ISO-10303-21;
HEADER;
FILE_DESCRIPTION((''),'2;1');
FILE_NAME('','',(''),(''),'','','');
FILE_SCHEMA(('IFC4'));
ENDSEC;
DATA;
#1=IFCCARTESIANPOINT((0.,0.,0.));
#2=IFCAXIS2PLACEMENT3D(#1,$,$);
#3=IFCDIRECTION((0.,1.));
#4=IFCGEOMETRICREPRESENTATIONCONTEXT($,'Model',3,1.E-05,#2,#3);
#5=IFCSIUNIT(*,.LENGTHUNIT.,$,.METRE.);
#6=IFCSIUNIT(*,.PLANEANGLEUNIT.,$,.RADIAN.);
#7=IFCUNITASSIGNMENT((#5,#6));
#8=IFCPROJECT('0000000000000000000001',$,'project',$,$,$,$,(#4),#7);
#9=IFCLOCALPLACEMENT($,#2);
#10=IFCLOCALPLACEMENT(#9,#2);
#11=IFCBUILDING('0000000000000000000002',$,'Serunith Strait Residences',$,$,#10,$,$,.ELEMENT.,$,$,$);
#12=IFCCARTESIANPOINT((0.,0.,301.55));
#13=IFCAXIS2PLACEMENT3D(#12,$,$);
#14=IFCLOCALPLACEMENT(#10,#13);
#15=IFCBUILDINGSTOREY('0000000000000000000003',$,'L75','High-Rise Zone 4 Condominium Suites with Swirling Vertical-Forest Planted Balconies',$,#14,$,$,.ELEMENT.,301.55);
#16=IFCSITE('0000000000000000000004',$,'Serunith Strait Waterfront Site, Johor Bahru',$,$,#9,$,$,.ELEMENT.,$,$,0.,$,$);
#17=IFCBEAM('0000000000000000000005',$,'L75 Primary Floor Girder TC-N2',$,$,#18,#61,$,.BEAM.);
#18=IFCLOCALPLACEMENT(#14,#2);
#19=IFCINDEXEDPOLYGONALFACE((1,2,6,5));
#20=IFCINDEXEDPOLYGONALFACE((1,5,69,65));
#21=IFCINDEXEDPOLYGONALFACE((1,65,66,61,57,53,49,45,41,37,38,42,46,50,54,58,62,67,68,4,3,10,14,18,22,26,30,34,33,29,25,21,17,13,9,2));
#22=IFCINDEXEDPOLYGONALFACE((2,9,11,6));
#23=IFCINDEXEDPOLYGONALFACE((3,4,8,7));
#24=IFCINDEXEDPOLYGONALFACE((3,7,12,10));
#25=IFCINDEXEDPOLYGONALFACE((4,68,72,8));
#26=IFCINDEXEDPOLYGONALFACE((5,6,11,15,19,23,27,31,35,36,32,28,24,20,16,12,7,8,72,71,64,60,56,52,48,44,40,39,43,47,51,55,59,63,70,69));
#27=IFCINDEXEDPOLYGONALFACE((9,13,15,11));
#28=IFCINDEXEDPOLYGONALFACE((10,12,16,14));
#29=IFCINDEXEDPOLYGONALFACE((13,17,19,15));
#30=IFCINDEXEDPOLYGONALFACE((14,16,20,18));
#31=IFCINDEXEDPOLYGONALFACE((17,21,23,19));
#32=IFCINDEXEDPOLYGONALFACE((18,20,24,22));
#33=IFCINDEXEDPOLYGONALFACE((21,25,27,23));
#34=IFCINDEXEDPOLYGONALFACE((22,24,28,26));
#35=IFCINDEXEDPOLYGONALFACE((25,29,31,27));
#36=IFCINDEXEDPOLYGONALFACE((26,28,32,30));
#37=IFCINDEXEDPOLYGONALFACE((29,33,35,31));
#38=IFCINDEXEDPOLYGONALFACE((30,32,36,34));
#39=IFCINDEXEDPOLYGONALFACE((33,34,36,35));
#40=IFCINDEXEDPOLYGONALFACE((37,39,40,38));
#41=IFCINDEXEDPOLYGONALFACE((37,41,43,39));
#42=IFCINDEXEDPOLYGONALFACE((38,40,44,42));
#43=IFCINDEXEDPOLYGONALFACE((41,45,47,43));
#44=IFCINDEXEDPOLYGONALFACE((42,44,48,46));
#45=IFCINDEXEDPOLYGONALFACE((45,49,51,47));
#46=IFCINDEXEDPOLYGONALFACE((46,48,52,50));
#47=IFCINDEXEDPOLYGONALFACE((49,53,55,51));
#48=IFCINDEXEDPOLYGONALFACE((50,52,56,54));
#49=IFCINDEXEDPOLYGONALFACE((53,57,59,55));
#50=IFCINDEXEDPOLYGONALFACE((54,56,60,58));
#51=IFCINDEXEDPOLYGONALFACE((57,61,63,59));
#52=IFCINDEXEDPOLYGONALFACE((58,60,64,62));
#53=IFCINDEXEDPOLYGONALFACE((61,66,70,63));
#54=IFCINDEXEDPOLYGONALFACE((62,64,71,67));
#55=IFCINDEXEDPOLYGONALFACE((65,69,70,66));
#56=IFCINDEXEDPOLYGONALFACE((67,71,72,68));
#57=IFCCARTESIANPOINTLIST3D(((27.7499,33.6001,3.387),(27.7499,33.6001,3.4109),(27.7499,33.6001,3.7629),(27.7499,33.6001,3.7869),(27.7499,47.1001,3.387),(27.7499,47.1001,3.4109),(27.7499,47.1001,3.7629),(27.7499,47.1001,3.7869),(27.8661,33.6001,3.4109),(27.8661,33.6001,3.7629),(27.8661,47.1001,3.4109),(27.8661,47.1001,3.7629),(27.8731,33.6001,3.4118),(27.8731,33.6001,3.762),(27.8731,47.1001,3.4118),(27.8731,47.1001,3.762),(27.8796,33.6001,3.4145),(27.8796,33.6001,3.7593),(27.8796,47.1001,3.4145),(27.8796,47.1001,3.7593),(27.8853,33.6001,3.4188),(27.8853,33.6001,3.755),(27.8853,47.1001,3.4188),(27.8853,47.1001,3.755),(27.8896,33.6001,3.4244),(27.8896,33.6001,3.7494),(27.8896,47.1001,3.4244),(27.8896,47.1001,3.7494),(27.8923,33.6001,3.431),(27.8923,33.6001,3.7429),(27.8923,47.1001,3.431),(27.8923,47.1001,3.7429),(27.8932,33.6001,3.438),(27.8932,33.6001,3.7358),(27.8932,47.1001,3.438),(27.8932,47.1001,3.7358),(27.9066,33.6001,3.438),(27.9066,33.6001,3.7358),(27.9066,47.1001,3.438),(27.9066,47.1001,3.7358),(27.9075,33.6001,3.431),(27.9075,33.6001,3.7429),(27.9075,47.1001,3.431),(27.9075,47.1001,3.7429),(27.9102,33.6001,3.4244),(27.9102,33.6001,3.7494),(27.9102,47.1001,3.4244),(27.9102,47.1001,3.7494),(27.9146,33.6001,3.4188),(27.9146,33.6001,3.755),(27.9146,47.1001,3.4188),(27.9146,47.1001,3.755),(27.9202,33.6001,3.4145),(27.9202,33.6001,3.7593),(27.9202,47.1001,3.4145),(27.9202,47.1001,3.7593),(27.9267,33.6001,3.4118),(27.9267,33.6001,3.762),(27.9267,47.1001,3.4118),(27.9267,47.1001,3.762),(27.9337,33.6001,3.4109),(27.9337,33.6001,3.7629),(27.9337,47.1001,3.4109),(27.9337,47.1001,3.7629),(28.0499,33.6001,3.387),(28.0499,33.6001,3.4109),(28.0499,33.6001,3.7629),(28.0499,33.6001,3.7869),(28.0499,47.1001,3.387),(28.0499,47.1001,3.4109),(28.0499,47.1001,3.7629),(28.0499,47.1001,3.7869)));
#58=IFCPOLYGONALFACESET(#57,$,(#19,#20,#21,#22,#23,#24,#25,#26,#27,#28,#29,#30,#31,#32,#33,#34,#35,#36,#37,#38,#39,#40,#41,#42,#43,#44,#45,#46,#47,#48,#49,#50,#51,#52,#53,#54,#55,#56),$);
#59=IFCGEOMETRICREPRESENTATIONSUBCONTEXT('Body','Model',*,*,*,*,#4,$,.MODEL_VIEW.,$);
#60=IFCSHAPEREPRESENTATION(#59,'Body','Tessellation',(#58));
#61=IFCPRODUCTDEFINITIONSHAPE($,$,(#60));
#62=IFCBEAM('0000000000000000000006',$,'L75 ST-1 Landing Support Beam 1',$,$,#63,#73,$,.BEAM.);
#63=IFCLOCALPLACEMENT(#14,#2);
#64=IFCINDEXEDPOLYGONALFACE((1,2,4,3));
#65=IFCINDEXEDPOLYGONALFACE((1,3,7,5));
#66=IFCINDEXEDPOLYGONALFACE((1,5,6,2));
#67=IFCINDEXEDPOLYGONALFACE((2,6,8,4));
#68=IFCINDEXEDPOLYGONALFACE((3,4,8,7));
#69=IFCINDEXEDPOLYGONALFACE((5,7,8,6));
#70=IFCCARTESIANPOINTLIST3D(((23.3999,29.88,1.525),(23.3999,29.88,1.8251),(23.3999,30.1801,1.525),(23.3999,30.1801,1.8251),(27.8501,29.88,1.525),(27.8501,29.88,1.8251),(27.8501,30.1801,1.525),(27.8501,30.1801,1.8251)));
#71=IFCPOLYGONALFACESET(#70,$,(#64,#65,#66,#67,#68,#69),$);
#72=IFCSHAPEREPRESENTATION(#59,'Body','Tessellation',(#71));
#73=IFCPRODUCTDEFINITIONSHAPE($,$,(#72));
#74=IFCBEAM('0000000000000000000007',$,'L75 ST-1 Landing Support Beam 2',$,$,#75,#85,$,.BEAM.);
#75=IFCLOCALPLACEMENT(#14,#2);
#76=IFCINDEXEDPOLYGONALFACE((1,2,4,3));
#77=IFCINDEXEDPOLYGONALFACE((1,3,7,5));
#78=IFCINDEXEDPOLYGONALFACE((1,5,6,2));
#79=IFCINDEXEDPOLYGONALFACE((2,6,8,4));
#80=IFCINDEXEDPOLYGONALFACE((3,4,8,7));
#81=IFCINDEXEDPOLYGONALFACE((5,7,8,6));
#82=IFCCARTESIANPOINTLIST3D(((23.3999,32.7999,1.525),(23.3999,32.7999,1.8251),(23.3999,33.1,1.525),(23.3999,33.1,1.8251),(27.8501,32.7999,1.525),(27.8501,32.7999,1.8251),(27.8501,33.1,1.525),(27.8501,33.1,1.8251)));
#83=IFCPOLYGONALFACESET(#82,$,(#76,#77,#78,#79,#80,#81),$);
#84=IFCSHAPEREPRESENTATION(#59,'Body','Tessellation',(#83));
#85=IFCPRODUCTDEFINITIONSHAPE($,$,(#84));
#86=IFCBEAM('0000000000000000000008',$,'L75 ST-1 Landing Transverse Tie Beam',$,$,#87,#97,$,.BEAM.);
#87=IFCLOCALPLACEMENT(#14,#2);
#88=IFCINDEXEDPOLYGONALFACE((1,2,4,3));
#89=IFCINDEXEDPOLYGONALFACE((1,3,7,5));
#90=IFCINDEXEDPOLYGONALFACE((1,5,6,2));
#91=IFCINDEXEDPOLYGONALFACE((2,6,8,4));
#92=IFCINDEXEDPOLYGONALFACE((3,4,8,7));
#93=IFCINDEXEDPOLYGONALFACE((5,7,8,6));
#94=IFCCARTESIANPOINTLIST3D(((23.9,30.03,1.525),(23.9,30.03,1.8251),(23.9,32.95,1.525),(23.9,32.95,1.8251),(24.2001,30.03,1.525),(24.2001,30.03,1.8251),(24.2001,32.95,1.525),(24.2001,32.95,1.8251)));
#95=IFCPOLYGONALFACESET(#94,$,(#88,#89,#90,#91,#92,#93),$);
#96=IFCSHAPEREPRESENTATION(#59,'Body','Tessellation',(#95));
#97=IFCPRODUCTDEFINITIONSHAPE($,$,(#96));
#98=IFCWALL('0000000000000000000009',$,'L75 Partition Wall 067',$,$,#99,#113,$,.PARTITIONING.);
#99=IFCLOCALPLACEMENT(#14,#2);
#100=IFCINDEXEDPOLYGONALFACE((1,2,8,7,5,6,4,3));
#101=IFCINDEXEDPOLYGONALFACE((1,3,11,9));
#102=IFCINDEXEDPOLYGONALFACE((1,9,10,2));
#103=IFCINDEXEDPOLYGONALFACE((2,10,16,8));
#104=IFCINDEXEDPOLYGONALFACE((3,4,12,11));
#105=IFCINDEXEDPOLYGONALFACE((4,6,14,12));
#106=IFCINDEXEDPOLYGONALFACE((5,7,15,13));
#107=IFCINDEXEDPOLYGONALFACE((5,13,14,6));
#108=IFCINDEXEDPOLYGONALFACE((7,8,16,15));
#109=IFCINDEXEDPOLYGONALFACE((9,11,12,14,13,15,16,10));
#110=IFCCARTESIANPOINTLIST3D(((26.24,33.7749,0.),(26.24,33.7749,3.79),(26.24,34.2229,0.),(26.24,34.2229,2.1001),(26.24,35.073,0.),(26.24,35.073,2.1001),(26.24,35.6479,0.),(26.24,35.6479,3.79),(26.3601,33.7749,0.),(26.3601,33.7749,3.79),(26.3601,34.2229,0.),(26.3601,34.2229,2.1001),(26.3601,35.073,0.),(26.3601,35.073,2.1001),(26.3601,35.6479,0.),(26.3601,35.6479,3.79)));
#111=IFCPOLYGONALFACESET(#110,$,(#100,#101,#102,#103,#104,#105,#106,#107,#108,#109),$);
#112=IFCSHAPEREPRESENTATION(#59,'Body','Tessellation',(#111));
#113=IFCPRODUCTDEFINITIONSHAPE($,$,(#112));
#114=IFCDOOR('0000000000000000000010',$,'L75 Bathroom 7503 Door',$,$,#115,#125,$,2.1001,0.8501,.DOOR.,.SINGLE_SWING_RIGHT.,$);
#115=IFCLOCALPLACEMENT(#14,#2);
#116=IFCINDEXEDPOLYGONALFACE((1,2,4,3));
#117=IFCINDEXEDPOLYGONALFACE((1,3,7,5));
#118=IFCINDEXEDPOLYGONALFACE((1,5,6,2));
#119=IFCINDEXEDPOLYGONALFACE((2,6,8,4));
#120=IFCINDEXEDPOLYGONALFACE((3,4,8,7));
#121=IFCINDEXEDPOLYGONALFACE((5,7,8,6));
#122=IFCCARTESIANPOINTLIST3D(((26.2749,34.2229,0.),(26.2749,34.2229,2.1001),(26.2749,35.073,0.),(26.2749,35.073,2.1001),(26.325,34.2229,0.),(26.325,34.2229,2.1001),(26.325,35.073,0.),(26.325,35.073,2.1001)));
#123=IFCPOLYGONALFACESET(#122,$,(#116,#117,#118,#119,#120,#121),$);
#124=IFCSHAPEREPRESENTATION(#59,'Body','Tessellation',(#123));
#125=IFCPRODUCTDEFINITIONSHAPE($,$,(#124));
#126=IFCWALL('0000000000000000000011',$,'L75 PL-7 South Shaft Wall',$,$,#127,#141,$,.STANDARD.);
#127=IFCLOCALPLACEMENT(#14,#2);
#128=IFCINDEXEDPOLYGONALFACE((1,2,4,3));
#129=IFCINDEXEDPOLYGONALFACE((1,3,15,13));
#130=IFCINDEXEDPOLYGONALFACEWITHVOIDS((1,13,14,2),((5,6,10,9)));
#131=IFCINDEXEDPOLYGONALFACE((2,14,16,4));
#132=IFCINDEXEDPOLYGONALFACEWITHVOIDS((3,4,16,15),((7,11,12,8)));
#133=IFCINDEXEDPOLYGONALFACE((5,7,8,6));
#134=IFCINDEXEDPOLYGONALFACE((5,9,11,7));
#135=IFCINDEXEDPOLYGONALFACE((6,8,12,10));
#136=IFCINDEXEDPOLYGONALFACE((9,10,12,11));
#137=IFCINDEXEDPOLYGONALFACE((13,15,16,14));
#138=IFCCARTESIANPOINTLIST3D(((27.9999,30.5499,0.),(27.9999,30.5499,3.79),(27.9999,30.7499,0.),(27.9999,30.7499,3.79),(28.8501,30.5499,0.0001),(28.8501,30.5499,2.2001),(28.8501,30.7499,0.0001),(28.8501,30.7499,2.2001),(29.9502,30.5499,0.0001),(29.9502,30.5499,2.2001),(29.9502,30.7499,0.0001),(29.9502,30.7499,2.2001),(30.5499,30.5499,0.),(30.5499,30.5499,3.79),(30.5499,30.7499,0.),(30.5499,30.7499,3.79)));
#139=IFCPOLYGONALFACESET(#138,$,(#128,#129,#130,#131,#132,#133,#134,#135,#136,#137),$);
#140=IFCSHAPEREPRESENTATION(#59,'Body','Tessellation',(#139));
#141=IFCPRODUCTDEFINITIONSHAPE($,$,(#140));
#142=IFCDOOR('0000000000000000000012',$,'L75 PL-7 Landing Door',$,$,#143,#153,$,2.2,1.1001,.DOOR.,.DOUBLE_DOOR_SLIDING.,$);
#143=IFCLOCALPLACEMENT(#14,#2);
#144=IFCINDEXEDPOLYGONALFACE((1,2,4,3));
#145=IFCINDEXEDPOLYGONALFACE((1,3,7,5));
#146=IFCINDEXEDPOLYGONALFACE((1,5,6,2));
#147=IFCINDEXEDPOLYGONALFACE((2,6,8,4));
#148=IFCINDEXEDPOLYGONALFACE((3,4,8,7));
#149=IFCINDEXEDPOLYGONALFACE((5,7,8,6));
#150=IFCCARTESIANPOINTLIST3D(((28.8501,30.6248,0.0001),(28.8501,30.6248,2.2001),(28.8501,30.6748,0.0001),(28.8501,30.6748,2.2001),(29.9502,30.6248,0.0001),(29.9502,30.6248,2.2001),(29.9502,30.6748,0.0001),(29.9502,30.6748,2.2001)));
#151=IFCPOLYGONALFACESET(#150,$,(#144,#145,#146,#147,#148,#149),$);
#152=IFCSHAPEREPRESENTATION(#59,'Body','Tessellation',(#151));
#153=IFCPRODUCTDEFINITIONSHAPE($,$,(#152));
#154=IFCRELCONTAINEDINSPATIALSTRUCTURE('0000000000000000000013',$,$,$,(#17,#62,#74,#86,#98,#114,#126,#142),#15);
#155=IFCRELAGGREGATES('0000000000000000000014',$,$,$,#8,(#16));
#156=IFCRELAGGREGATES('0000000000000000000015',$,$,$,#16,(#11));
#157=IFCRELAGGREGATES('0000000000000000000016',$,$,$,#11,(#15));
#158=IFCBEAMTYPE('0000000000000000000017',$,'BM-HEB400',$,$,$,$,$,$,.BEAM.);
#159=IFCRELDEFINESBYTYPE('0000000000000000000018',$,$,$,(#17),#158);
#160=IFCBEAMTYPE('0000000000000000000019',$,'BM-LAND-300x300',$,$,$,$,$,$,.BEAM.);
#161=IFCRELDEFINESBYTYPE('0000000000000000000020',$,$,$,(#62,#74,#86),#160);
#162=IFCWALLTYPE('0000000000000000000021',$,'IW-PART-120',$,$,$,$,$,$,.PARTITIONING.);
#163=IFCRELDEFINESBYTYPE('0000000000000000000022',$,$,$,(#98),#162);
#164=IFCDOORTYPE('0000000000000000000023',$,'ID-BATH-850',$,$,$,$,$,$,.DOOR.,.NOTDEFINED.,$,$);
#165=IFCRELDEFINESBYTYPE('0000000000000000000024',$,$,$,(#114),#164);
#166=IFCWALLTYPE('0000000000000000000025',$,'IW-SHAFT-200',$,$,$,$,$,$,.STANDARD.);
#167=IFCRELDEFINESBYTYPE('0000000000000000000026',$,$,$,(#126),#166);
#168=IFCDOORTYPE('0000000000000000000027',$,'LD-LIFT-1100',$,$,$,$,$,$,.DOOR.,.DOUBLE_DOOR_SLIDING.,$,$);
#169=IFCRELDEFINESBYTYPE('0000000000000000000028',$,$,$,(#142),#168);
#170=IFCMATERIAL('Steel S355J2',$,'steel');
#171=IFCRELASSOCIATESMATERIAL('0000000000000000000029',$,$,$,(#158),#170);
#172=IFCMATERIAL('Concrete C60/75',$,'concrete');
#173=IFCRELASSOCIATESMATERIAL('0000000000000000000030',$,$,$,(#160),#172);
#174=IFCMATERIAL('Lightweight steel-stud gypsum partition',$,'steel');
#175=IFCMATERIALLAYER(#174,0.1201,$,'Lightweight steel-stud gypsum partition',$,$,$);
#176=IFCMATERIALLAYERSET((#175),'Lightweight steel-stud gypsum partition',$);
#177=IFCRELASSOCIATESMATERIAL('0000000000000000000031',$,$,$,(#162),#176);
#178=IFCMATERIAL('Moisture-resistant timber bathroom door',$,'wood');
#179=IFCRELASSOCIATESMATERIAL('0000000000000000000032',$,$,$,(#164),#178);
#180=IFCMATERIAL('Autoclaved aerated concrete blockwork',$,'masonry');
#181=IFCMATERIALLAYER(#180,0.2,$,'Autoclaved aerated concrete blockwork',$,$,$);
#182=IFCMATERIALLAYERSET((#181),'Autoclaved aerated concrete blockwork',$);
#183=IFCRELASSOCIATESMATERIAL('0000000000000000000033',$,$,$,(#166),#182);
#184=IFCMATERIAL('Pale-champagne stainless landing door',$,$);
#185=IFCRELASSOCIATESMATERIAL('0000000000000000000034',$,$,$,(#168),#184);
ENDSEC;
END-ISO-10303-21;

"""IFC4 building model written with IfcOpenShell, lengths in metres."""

from ifc_helpers import new_model, si_unit, direction, frame, frame_2d, origin, origin_2d, place, context, subcontext, project, spatial, rectangle, i_section, extrude, source, transform, mapped, material, layer, layer_set, material_profile, profile_set, type_object, element, fill, save


model = new_model("IFC4")

# Units and contexts
model_context = context("Model", 3, precision=1e-05, world=origin(), true_north=direction((0.0, 1.0)))
body_context = subcontext(model_context, "Body", "Model", "MODEL_VIEW")
ifc_project = project(units=[si_unit("LENGTHUNIT", "METRE"), si_unit("PLANEANGLEUNIT", "RADIAN")], contexts=[model_context])

# Site, building, storey
site_placement = place(None, origin())
site = spatial("IfcSite", under=ifc_project, at=site_placement, Name="Serunith Strait Waterfront Site, Johor Bahru", CompositionType="ELEMENT", RefElevation=0.0)
building_placement = place(site_placement, origin())
building = spatial("IfcBuilding", under=site, at=building_placement, Name="Serunith Strait Residences", CompositionType="ELEMENT")
storey_placement = place(building_placement, frame((0.0, 0.0, 301.55)))
storey = spatial("IfcBuildingStorey", under=building, at=storey_placement, Name="L75", Description="High-Rise Zone 4 Condominium Suites with Swirling Vertical-Forest Planted Balconies", CompositionType="ELEMENT", Elevation=301.55)

# Beams
ifc_material_1 = material(Name="Steel S355J2", Category="steel")
ifc_material_profile_1 = material_profile(ifc_material_1, i_section(OverallWidth=0.3, OverallDepth=0.3999, WebThickness=0.0134, FlangeThickness=0.0239, FilletRadius=0.0271, at=origin_2d()), Name="HEB 400")
ifc_profile_set_1 = profile_set([ifc_material_profile_1], Name="Steel S355J2")
beam_type_1 = type_object("IfcBeamType", Name="BM-HEB400", PredefinedType="BEAM", material=ifc_profile_set_1)
shared_shape_1 = source(origin(), body_context, "Body", "SweptSolid", [
    extrude(i_section(OverallWidth=0.3, OverallDepth=0.3999, WebThickness=0.0134, FlangeThickness=0.0239, FilletRadius=0.0271, at=origin_2d()), origin(), (0.0, 0.0, 1.0), 13.5),
])
beam_1_placement = place(storey_placement, frame((27.8999, 33.6001, 3.5869), z_axis=(0.0, 1.0, 0.0), x_axis=(-1.0, 0.0, 0.0)))
element("IfcBeam", 1, at=beam_1_placement, inside=storey, type_object=beam_type_1, Name="L75 Primary Floor Girder TC-N2", PredefinedType="BEAM", context=body_context, shape_type="MappedRepresentation", body=[
    mapped(shared_shape_1, transform((0.0, 0.0, 0.0), scale=1.0)),
])
ifc_material_2 = material(Name="Concrete C60/75", Category="concrete")
ifc_material_profile_2 = material_profile(ifc_material_2, rectangle(XDim=0.3, YDim=0.3, at=origin_2d()), Name="RC 300x300")
ifc_profile_set_2 = profile_set([ifc_material_profile_2], Name="Concrete C60/75")
beam_type_2 = type_object("IfcBeamType", Name="BM-LAND-300x300", PredefinedType="BEAM", material=ifc_profile_set_2)
shared_shape_2 = source(origin(), body_context, "Body", "SweptSolid", [
    extrude(rectangle(XDim=0.3, YDim=0.3, at=origin_2d()), origin(), (0.0, 0.0, 1.0), 4.4502),
])
for number, where, z_axis, x_axis, name in (
    (2, (23.3999, 30.03, 1.675), (1.0, 0.0, 0.0), (0.0, 1.0, 0.0), "L75 ST-1 Landing Support Beam 1"),
    (3, (23.3999, 32.95, 1.675), (1.0, 0.0, 0.0), (0.0, 1.0, 0.0), "L75 ST-1 Landing Support Beam 2"),
):
    element("IfcBeam", number, at=place(storey_placement, frame(where, z_axis=z_axis, x_axis=x_axis)), inside=storey, type_object=beam_type_2, Name=name, PredefinedType="BEAM", context=body_context, shape_type="MappedRepresentation", body=[
        mapped(shared_shape_2, transform((0.0, 0.0, 0.0), scale=1.0)),
    ])
shared_shape_3 = source(origin(), body_context, "Body", "SweptSolid", [
    extrude(rectangle(XDim=0.3, YDim=0.3, at=origin_2d()), origin(), (0.0, 0.0, 1.0), 2.9199),
])
beam_2_placement = place(storey_placement, frame((24.05, 30.03, 1.675), z_axis=(0.0, 1.0, 0.0), x_axis=(-1.0, 0.0, 0.0)))
element("IfcBeam", 4, at=beam_2_placement, inside=storey, type_object=beam_type_2, Name="L75 ST-1 Landing Transverse Tie Beam", PredefinedType="BEAM", context=body_context, shape_type="MappedRepresentation", body=[
    mapped(shared_shape_3, transform((0.0, 0.0, 0.0), scale=1.0)),
])

# Walls, openings, doors
ifc_material_3 = material(Name="Lightweight steel-stud gypsum partition", Category="steel")
ifc_layer_1 = layer(ifc_material_3, 0.1201, Name="Lightweight steel-stud gypsum partition")
ifc_layer_set_1 = layer_set([ifc_layer_1], Name="Lightweight steel-stud gypsum partition")
wall_type_1 = type_object("IfcWallType", Name="IW-PART-120", PredefinedType="PARTITIONING", material=ifc_layer_set_1)
wall_1_placement = place(storey_placement, frame((26.3, 35.6479, 0.0), z_axis=(0.0, 0.0, 1.0), x_axis=(0.0, -1.0, 0.0)))
wall_1 = element("IfcWall", 5, at=wall_1_placement, inside=storey, type_object=wall_type_1, Name="L75 Partition Wall 067", PredefinedType="PARTITIONING", context=body_context, shape_type="SweptSolid", body=[
    extrude(rectangle(XDim=1.873, YDim=0.1201, at=frame_2d((0.9365, 0.0))), origin(), (0.0, 0.0, 1.0), 3.79),
])
opening_1_placement = place(wall_1_placement, frame((0.575, 0.0, 0.0)))
opening_1 = element("IfcOpeningElement", 6, at=opening_1_placement, cuts=wall_1, PredefinedType="OPENING", context=body_context, shape_type="SweptSolid", body=[
    extrude(rectangle(XDim=0.8501, YDim=2.1001, at=frame_2d((0.425, 1.05))), frame((0.0, 0.0701, 0.0), z_axis=(0.0, -1.0, 0.0), x_axis=(1.0, 0.0, 0.0)), (0.0, 0.0, 1.0), 0.1401),
])
ifc_material_4 = material(Name="Moisture-resistant timber bathroom door", Category="wood")
door_type_1 = type_object("IfcDoorType", Name="ID-BATH-850", OperationType="NOTDEFINED", PredefinedType="DOOR", material=ifc_material_4)
shared_shape_4 = source(origin(), body_context, "Body", "SweptSolid", [
    extrude(rectangle(XDim=0.8501, YDim=2.1001, at=frame_2d((0.425, 1.05))), frame((0.0, 0.0249, 0.0), z_axis=(0.0, -1.0, 0.0), x_axis=(1.0, 0.0, 0.0)), (0.0, 0.0, 1.0), 0.05),
])
door_1_placement = place(opening_1_placement, origin())
door_1 = element("IfcDoor", 7, at=door_1_placement, inside=storey, type_object=door_type_1, Name="L75 Bathroom 7503 Door", OperationType="SINGLE_SWING_RIGHT", OverallHeight=2.1001, OverallWidth=0.8501, PredefinedType="DOOR", context=body_context, shape_type="MappedRepresentation", body=[
    mapped(shared_shape_4, transform((0.0, 0.0, 0.0), scale=1.0)),
])
fill(opening_1, door_1)
ifc_material_5 = material(Name="Autoclaved aerated concrete blockwork", Category="masonry")
ifc_layer_2 = layer(ifc_material_5, 0.2, Name="Autoclaved aerated concrete blockwork")
ifc_layer_set_2 = layer_set([ifc_layer_2], Name="Autoclaved aerated concrete blockwork")
wall_type_2 = type_object("IfcWallType", Name="IW-SHAFT-200", PredefinedType="STANDARD", material=ifc_layer_set_2)
wall_2_placement = place(storey_placement, frame((28.0, 30.6499, 0.0), z_axis=(0.0, 0.0, 1.0), x_axis=(1.0, 0.0, 0.0)))
wall_2 = element("IfcWall", 8, at=wall_2_placement, inside=storey, type_object=wall_type_2, Name="L75 PL-7 South Shaft Wall", PredefinedType="STANDARD", context=body_context, shape_type="SweptSolid", body=[
    extrude(rectangle(XDim=2.55, YDim=0.2, at=frame_2d((1.2749, 0.0))), origin(), (0.0, 0.0, 1.0), 3.79),
])
opening_2_placement = place(wall_2_placement, frame((0.8501, 0.0, 0.0)))
opening_2 = element("IfcOpeningElement", 9, at=opening_2_placement, cuts=wall_2, PredefinedType="OPENING", context=body_context, shape_type="SweptSolid", body=[
    extrude(rectangle(XDim=1.1001, YDim=2.2, at=frame_2d((0.55, 1.1001))), frame((0.0, 0.1099, 0.0), z_axis=(0.0, -1.0, 0.0), x_axis=(1.0, 0.0, 0.0)), (0.0, 0.0, 1.0), 0.22),
])
ifc_material_6 = material(Name="Pale-champagne stainless landing door")
door_type_2 = type_object("IfcDoorType", Name="LD-LIFT-1100", OperationType="DOUBLE_DOOR_SLIDING", PredefinedType="DOOR", material=ifc_material_6)
shared_shape_5 = source(origin(), body_context, "Body", "SweptSolid", [
    extrude(rectangle(XDim=1.1001, YDim=2.2, at=frame_2d((0.55, 1.1001))), frame((0.0, 0.0249, 0.0), z_axis=(0.0, -1.0, 0.0), x_axis=(1.0, 0.0, 0.0)), (0.0, 0.0, 1.0), 0.05),
])
door_2_placement = place(opening_2_placement, origin())
door_2 = element("IfcDoor", 10, at=door_2_placement, inside=storey, type_object=door_type_2, Name="L75 PL-7 Landing Door", OperationType="DOUBLE_DOOR_SLIDING", OverallHeight=2.2, OverallWidth=1.1001, PredefinedType="DOOR", context=body_context, shape_type="MappedRepresentation", body=[
    mapped(shared_shape_5, transform((0.0, 0.0, 0.0), scale=1.0)),
])
fill(opening_2, door_2)

save(model, "model.ifc")
